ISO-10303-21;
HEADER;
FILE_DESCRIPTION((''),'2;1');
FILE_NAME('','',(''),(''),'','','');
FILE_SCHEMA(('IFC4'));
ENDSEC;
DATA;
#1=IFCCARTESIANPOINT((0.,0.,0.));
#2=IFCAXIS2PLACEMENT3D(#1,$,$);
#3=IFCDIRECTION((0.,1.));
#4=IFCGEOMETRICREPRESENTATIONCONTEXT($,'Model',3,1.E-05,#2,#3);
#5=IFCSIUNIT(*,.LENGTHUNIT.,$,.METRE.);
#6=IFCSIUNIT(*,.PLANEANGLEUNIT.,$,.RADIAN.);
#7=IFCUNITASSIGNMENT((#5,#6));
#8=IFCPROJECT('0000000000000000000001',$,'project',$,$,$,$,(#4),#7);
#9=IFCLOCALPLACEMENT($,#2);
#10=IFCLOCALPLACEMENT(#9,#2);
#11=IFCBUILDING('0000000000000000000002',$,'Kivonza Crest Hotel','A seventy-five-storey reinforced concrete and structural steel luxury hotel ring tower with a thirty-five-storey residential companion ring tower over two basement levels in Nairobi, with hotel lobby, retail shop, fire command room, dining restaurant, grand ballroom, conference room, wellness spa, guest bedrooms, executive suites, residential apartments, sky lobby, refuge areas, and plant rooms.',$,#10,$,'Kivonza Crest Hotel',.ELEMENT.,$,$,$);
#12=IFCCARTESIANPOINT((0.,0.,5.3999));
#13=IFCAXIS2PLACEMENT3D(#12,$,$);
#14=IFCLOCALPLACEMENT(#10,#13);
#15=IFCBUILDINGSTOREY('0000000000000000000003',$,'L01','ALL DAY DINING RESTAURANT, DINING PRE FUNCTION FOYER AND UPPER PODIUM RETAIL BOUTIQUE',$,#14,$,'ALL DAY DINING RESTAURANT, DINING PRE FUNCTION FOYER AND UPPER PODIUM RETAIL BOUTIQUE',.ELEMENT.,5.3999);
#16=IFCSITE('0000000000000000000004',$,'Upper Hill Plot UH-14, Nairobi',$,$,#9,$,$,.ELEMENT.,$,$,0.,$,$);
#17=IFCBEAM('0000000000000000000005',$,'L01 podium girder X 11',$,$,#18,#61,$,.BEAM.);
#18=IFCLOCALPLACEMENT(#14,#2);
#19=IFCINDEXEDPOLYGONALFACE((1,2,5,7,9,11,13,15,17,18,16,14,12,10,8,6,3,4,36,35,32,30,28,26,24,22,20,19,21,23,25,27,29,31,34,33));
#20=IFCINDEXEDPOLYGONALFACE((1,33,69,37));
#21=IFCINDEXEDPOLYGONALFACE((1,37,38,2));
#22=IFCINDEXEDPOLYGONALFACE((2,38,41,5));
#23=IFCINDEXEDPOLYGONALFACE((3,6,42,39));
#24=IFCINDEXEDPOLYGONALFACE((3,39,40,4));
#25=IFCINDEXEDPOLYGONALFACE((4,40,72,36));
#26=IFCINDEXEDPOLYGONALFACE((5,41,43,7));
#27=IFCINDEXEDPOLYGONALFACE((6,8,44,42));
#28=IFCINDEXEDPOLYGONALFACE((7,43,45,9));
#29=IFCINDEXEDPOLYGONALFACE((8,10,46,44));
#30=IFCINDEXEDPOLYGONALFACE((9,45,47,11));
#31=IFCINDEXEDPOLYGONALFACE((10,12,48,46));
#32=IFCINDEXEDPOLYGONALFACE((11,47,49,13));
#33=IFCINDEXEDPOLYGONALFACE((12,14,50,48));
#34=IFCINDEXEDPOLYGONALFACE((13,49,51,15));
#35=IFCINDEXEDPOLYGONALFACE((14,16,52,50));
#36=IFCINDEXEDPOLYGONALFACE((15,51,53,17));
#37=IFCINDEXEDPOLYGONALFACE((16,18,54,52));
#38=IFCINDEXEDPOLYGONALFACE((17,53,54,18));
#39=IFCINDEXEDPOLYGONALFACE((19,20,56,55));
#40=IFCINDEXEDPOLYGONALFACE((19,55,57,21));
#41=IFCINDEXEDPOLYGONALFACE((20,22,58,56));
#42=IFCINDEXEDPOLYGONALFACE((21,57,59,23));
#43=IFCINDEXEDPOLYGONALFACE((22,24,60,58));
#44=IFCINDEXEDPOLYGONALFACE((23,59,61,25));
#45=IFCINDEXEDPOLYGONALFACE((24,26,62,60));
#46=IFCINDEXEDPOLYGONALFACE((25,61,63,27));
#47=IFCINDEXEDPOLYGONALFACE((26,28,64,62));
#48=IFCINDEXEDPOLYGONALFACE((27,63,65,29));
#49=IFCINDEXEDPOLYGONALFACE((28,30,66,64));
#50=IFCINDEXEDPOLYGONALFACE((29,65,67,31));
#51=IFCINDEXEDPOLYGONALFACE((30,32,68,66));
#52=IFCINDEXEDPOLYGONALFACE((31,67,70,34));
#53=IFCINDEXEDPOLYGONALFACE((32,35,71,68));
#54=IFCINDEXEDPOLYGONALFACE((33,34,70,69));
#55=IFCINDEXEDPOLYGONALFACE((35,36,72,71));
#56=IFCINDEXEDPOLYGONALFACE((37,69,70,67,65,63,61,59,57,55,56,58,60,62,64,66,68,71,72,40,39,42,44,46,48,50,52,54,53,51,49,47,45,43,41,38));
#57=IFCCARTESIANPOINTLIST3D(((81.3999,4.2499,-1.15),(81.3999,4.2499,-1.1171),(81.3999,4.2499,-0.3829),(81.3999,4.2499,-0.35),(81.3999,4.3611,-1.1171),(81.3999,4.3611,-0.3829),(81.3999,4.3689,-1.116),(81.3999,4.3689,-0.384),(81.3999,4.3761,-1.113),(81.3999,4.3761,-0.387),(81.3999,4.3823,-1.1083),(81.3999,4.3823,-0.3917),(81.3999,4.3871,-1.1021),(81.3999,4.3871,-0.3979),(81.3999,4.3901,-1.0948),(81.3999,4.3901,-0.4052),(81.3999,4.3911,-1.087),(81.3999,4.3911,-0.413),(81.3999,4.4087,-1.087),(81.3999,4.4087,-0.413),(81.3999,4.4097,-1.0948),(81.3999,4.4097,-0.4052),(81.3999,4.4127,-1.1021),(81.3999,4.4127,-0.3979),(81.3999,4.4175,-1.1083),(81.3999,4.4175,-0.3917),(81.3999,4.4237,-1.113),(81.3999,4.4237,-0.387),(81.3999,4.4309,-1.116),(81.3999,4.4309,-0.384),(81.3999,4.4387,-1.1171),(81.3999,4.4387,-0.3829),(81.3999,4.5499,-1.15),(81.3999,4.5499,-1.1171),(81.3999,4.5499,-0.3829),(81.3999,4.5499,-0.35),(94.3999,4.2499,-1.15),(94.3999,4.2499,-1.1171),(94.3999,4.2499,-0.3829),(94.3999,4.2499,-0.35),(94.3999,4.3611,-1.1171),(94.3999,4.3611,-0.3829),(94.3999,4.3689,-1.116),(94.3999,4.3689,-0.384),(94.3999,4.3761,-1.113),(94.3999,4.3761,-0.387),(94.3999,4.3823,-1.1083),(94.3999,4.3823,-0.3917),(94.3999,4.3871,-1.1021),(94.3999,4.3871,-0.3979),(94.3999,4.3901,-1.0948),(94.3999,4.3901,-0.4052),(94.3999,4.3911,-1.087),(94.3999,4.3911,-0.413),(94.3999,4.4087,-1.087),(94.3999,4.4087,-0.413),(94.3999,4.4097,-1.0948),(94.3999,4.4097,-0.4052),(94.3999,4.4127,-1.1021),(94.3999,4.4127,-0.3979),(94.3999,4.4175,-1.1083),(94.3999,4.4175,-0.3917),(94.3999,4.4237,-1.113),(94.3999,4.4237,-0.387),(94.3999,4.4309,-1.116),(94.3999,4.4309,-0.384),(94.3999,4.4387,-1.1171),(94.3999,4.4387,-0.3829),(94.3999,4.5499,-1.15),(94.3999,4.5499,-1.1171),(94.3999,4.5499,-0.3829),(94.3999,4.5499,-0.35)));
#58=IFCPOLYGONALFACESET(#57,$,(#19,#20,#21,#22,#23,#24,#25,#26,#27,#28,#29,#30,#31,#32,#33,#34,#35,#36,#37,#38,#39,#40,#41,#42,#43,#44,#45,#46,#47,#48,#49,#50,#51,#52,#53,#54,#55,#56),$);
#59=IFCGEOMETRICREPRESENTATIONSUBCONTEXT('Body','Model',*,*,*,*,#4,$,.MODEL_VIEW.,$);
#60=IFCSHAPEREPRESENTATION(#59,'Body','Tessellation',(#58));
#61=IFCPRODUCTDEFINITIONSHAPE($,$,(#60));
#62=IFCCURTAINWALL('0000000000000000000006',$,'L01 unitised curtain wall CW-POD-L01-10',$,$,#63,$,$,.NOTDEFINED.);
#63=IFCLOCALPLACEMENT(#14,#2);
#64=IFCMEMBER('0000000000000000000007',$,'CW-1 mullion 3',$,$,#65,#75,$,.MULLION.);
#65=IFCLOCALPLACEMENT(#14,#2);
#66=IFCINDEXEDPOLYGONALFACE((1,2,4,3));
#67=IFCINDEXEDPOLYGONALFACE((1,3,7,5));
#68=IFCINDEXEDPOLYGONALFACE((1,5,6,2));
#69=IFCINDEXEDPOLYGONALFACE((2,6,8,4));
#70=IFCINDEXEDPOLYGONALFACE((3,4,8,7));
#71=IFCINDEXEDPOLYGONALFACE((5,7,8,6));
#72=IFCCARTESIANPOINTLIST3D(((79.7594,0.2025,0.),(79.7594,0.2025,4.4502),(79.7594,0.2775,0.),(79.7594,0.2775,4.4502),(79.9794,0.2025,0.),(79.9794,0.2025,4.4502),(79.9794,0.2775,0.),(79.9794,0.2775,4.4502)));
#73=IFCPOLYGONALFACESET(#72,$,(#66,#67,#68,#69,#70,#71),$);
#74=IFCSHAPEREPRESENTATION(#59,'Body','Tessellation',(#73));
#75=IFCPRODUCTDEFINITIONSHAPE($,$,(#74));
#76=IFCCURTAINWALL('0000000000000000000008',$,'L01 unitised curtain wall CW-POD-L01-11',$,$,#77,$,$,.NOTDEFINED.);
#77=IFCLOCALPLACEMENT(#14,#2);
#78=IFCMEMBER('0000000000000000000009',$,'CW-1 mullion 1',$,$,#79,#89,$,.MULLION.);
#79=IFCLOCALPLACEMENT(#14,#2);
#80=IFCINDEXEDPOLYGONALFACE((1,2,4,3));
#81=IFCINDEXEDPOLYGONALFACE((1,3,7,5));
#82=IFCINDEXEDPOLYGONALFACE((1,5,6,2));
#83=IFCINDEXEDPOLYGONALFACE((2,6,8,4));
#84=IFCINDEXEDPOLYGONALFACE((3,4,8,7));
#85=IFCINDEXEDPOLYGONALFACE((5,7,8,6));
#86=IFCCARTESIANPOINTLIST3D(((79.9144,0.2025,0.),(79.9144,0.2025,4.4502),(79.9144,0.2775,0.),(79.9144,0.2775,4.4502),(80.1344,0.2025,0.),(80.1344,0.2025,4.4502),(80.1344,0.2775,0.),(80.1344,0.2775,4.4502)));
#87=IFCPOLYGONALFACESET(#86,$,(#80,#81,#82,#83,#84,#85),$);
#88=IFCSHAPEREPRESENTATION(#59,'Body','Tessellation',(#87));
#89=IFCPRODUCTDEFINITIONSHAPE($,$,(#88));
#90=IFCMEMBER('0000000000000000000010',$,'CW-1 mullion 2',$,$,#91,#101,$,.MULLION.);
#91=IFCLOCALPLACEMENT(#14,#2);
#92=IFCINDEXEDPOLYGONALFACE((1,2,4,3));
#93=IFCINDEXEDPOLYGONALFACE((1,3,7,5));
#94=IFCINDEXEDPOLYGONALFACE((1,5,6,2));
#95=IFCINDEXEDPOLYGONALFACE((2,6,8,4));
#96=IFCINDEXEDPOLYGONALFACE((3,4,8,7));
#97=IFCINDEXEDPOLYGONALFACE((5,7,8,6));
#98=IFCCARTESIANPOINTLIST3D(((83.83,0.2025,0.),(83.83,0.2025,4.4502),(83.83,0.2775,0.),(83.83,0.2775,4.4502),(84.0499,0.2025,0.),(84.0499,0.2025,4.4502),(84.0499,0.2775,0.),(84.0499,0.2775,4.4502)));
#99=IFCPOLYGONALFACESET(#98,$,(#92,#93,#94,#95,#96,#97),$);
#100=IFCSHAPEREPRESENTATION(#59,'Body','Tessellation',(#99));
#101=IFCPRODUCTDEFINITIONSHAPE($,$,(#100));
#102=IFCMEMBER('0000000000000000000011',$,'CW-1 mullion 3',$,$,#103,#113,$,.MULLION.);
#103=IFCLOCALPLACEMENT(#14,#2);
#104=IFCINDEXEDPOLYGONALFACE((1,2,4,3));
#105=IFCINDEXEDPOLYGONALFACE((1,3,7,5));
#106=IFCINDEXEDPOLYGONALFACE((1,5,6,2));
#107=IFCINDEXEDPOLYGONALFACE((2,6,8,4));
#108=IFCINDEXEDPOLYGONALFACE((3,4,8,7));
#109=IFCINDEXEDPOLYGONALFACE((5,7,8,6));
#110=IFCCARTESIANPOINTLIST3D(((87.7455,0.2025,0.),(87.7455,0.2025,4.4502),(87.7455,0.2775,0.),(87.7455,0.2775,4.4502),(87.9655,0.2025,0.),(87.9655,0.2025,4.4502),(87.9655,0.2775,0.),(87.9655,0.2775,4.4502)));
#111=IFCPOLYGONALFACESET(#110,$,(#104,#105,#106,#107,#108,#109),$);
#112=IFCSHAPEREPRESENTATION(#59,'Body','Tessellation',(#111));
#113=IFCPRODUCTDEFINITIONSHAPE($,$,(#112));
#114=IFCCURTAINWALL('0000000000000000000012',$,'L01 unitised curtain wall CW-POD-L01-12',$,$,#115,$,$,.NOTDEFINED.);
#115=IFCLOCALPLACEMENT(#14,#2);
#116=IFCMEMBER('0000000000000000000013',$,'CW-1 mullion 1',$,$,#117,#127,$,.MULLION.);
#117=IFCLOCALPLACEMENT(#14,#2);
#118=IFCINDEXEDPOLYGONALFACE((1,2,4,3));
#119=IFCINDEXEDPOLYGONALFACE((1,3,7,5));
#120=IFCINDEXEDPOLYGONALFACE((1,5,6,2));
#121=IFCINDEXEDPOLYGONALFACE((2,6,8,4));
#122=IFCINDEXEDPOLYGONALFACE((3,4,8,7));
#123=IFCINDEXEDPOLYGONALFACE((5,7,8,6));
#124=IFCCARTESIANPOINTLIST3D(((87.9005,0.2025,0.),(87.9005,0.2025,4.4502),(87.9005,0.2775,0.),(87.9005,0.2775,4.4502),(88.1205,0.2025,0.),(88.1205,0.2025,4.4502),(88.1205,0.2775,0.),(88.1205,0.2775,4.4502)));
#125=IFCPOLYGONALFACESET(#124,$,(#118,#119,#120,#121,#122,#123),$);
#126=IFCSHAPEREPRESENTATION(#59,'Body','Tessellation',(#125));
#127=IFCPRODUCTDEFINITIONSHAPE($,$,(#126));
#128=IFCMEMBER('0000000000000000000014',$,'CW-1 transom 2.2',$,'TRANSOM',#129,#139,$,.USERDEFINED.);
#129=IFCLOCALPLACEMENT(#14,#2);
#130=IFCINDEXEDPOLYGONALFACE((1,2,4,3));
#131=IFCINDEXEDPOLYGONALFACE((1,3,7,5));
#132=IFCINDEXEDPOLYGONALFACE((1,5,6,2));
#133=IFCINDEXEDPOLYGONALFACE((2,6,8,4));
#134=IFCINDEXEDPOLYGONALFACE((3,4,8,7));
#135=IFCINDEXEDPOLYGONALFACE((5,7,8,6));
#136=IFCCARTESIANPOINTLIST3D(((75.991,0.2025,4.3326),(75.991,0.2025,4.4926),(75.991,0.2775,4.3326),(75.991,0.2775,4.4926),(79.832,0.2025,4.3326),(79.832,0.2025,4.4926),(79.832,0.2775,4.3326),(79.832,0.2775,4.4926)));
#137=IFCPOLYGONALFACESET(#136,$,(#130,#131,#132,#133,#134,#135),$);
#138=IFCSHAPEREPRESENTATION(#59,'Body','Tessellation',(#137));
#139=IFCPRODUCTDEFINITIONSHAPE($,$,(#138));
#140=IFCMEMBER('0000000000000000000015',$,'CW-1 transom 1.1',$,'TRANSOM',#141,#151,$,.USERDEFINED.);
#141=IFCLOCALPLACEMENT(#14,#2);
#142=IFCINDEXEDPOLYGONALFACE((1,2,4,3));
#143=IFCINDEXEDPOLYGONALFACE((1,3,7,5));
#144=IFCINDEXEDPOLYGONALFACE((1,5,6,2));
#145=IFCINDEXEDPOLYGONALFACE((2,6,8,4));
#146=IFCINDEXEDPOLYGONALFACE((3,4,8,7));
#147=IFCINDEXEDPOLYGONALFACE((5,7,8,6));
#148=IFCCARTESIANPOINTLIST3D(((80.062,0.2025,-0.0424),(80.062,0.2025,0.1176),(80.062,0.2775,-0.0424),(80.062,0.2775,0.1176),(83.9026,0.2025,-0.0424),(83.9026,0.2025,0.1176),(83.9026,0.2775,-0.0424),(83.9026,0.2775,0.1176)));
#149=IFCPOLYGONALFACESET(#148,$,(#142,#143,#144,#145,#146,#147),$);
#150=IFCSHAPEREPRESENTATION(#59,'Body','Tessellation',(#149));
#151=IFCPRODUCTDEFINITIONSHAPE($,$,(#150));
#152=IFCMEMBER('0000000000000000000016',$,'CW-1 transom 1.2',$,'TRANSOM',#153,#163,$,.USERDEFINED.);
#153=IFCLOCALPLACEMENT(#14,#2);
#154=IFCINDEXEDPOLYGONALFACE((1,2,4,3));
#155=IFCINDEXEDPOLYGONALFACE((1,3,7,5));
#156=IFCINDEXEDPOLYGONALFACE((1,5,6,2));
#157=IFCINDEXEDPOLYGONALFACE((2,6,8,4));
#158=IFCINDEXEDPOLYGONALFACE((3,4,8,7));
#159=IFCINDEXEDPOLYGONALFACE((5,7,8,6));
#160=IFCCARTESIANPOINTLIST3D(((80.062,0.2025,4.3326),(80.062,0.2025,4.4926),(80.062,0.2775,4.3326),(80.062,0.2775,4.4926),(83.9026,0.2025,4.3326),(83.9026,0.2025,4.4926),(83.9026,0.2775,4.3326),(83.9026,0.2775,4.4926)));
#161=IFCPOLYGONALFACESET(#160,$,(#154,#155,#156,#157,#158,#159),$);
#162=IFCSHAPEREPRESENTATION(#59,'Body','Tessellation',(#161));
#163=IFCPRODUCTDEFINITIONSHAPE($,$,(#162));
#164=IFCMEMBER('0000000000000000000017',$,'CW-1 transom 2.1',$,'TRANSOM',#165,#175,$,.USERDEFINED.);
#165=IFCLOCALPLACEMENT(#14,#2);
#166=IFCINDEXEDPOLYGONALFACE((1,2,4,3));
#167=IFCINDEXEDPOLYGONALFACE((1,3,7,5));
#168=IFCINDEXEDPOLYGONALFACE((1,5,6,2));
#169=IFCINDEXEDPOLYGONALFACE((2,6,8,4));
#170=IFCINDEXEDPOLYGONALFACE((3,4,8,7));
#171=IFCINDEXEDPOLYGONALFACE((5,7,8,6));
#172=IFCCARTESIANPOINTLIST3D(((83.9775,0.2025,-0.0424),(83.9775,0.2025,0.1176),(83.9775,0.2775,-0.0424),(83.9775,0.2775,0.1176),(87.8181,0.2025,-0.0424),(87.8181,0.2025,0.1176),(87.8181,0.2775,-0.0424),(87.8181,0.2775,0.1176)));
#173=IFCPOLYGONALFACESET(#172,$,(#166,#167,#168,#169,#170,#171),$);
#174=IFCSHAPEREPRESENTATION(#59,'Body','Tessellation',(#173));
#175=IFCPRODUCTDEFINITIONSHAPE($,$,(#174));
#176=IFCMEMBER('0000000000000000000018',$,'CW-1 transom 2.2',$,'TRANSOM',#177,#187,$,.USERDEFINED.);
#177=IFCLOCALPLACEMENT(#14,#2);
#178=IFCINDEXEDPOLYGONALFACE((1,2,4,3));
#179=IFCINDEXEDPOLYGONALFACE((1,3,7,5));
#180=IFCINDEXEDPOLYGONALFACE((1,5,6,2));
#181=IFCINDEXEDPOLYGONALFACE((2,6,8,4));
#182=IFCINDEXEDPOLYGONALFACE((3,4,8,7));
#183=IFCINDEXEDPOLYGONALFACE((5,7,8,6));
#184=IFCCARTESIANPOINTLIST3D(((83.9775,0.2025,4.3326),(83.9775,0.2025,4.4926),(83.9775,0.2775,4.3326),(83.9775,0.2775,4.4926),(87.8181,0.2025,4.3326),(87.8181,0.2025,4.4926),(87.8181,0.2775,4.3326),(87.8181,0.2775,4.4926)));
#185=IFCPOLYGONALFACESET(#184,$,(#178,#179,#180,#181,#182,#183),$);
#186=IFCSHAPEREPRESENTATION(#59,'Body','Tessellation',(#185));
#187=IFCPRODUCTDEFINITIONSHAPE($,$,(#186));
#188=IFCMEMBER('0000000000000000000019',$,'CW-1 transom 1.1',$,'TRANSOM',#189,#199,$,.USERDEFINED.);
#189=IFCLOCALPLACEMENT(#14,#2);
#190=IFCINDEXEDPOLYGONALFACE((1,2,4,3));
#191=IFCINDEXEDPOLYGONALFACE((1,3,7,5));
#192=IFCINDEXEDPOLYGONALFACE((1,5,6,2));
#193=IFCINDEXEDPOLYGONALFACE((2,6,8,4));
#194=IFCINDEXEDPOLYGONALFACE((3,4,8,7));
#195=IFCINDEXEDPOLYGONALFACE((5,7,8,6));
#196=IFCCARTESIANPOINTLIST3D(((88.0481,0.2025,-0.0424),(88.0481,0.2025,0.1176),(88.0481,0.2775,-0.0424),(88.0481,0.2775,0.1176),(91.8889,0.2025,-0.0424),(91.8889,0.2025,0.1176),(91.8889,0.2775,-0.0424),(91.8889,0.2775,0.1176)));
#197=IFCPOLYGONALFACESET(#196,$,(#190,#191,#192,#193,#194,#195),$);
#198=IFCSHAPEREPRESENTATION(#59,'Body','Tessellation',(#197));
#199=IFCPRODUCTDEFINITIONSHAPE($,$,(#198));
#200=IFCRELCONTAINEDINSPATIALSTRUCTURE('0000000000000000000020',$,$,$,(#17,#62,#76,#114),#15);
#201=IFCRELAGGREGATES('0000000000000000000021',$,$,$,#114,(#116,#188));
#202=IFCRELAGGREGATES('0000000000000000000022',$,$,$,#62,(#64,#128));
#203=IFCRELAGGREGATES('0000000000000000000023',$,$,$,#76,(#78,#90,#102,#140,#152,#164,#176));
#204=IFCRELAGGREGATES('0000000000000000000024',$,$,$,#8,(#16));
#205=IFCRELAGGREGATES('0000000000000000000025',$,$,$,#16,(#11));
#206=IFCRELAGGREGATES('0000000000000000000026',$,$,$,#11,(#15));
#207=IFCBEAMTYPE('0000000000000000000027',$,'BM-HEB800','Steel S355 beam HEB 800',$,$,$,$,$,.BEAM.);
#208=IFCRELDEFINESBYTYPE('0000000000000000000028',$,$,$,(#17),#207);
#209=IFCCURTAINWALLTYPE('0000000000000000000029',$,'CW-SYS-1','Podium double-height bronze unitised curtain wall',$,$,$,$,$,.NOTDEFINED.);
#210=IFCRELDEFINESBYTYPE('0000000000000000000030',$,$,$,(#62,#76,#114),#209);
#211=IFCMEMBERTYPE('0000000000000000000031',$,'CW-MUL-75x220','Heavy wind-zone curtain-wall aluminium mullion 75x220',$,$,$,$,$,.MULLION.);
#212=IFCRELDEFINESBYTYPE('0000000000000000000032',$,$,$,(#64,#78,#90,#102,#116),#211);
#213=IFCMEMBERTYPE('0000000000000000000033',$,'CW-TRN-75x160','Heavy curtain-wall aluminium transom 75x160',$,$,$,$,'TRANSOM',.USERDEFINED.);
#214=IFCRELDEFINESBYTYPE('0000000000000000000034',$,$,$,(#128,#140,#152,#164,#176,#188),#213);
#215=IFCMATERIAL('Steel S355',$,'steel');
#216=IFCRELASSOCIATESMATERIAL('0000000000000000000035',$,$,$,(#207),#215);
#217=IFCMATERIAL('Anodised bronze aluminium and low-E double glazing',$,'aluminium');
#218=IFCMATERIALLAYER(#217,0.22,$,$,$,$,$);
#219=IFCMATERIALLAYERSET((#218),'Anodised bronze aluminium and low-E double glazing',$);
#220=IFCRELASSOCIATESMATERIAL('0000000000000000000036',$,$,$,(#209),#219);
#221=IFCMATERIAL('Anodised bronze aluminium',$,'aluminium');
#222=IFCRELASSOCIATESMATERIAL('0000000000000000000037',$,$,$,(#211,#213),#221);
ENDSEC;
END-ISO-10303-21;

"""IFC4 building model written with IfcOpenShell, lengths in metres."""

from ifc_helpers import new_model, si_unit, direction, frame, origin, origin_2d, place, context, subcontext, project, spatial, rectangle, i_section, extrude, material, layer, layer_set, material_profile, profile_set, type_object, element, aggregate, save


model = new_model("IFC4")

# Units and contexts
model_context = context("Model", 3, precision=1e-05, world=origin(), true_north=direction((0.0, 1.0)))
body_context = subcontext(model_context, "Body", "Model", "MODEL_VIEW")
ifc_project = project(units=[si_unit("LENGTHUNIT", "METRE"), si_unit("PLANEANGLEUNIT", "RADIAN")], contexts=[model_context])

# Site, building, storey
site_placement = place(None, origin())
site = spatial("IfcSite", under=ifc_project, at=site_placement, Name="Upper Hill Plot UH-14, Nairobi", CompositionType="ELEMENT", RefElevation=0.0)
building_placement = place(site_placement, origin())
building = spatial("IfcBuilding", under=site, at=building_placement, Name="Kivonza Crest Hotel", Description="A seventy-five-storey reinforced concrete and structural steel luxury hotel ring tower with a thirty-five-storey residential companion ring tower over two basement levels in Nairobi, with hotel lobby, retail shop, fire command room, dining restaurant, grand ballroom, conference room, wellness spa, guest bedrooms, executive suites, residential apartments, sky lobby, refuge areas, and plant rooms.", LongName="Kivonza Crest Hotel", CompositionType="ELEMENT")
storey_placement = place(building_placement, frame((0.0, 0.0, 5.3999)))
storey = spatial("IfcBuildingStorey", under=building, at=storey_placement, Name="L01", Description="ALL DAY DINING RESTAURANT, DINING PRE FUNCTION FOYER AND UPPER PODIUM RETAIL BOUTIQUE", LongName="ALL DAY DINING RESTAURANT, DINING PRE FUNCTION FOYER AND UPPER PODIUM RETAIL BOUTIQUE", CompositionType="ELEMENT", Elevation=5.3999)

# Beam
ifc_material_1 = material(Name="Steel S355", Category="steel")
ifc_material_profile_1 = material_profile(ifc_material_1, i_section(OverallWidth=0.3, OverallDepth=0.8, WebThickness=0.0176, FlangeThickness=0.033, FilletRadius=0.03, at=origin_2d()), Name="HEB 800")
ifc_profile_set_1 = profile_set([ifc_material_profile_1], Name="Steel S355")
beam_type_1 = type_object("IfcBeamType", Name="BM-HEB800", Description="Steel S355 beam HEB 800", PredefinedType="BEAM", material=ifc_profile_set_1)
for number, where, z_axis, x_axis, name in (
    (1, (81.3999, 4.3999, -0.75), (1.0, 0.0, 0.0), (0.0, 1.0, 0.0), "L01 podium girder X 11"),
):
    element("IfcBeam", number, at=place(storey_placement, frame(where, z_axis=z_axis, x_axis=x_axis)), inside=storey, type_object=beam_type_1, Name=name, PredefinedType="BEAM", context=body_context, shape_type="SweptSolid", body=[
        extrude(i_section(OverallWidth=0.3, OverallDepth=0.8, WebThickness=0.0176, FlangeThickness=0.033, FilletRadius=0.03, at=origin_2d()), origin(), (0.0, 0.0, 1.0), 13.0),
    ])

# Curtain wall, member
ifc_material_2 = material(Name="Anodised bronze aluminium and low-E double glazing", Category="aluminium")
ifc_layer_1 = layer(ifc_material_2, 0.22)
ifc_layer_set_1 = layer_set([ifc_layer_1], Name="Anodised bronze aluminium and low-E double glazing")
curtain_wall_type = type_object("IfcCurtainWallType", Name="CW-SYS-1", Description="Podium double-height bronze unitised curtain wall", PredefinedType="NOTDEFINED", material=ifc_layer_set_1)
curtain_wall_1_placement = place(storey_placement, origin())
curtain_wall_1 = element("IfcCurtainWall", 2, at=curtain_wall_1_placement, inside=storey, type_object=curtain_wall_type, Name="L01 unitised curtain wall CW-POD-L01-10", PredefinedType="NOTDEFINED")
ifc_material_3 = material(Name="Anodised bronze aluminium", Category="aluminium")
ifc_material_profile_2 = material_profile(ifc_material_3, rectangle(XDim=0.075, YDim=0.22, at=origin_2d()), Name="CW-M 75x220")
ifc_profile_set_2 = profile_set([ifc_material_profile_2], Name="Anodised bronze aluminium")
member_type_1 = type_object("IfcMemberType", Name="CW-MUL-75x220", Description="Heavy wind-zone curtain-wall aluminium mullion 75x220", PredefinedType="MULLION", material=ifc_profile_set_2)
member_1_placement = place(storey_placement, frame((79.8694, 0.24, 0.0), z_axis=(0.0, 0.0, 1.0), x_axis=(0.0, 1.0, 0.0)))
member_1 = element("IfcMember", 3, at=member_1_placement, type_object=member_type_1, Name="CW-1 mullion 3", PredefinedType="MULLION", context=body_context, shape_type="SweptSolid", body=[
    extrude(rectangle(XDim=0.075, YDim=0.22, at=origin_2d()), origin(), (0.0, 0.0, 1.0), 4.4502),
])

# Curtain wall, members
curtain_wall_2_placement = place(storey_placement, origin())
curtain_wall_2 = element("IfcCurtainWall", 4, at=curtain_wall_2_placement, inside=storey, type_object=curtain_wall_type, Name="L01 unitised curtain wall CW-POD-L01-11", PredefinedType="NOTDEFINED")
member_2_placement = place(storey_placement, frame((80.0244, 0.24, 0.0), z_axis=(0.0, 0.0, 1.0), x_axis=(0.0, 1.0, 0.0)))
member_2 = element("IfcMember", 5, at=member_2_placement, type_object=member_type_1, Name="CW-1 mullion 1", PredefinedType="MULLION", context=body_context, shape_type="SweptSolid", body=[
    extrude(rectangle(XDim=0.075, YDim=0.22, at=origin_2d()), origin(), (0.0, 0.0, 1.0), 4.4502),
])
member_3_placement = place(storey_placement, frame((83.9399, 0.24, 0.0), z_axis=(0.0, 0.0, 1.0), x_axis=(0.0, 1.0, 0.0)))
member_3 = element("IfcMember", 6, at=member_3_placement, type_object=member_type_1, Name="CW-1 mullion 2", PredefinedType="MULLION", context=body_context, shape_type="SweptSolid", body=[
    extrude(rectangle(XDim=0.075, YDim=0.22, at=origin_2d()), origin(), (0.0, 0.0, 1.0), 4.4502),
])
member_4_placement = place(storey_placement, frame((87.8555, 0.24, 0.0), z_axis=(0.0, 0.0, 1.0), x_axis=(0.0, 1.0, 0.0)))
member_4 = element("IfcMember", 7, at=member_4_placement, type_object=member_type_1, Name="CW-1 mullion 3", PredefinedType="MULLION", context=body_context, shape_type="SweptSolid", body=[
    extrude(rectangle(XDim=0.075, YDim=0.22, at=origin_2d()), origin(), (0.0, 0.0, 1.0), 4.4502),
])

# Curtain wall, member
curtain_wall_3_placement = place(storey_placement, origin())
curtain_wall_3 = element("IfcCurtainWall", 8, at=curtain_wall_3_placement, inside=storey, type_object=curtain_wall_type, Name="L01 unitised curtain wall CW-POD-L01-12", PredefinedType="NOTDEFINED")
member_5_placement = place(storey_placement, frame((88.0105, 0.24, 0.0), z_axis=(0.0, 0.0, 1.0), x_axis=(0.0, 1.0, 0.0)))
member_5 = element("IfcMember", 9, at=member_5_placement, type_object=member_type_1, Name="CW-1 mullion 1", PredefinedType="MULLION", context=body_context, shape_type="SweptSolid", body=[
    extrude(rectangle(XDim=0.075, YDim=0.22, at=origin_2d()), origin(), (0.0, 0.0, 1.0), 4.4502),
])

# Members
ifc_material_profile_3 = material_profile(ifc_material_3, rectangle(XDim=0.075, YDim=0.1599, at=origin_2d()), Name="CW-T 75x160")
ifc_profile_set_3 = profile_set([ifc_material_profile_3], Name="Anodised bronze aluminium")
member_type_2 = type_object("IfcMemberType", Name="CW-TRN-75x160", Description="Heavy curtain-wall aluminium transom 75x160", ElementType="TRANSOM", PredefinedType="USERDEFINED", material=ifc_profile_set_3)
member_6_placement = place(storey_placement, frame((75.991, 0.24, 4.4126), z_axis=(1.0, 0.0, 0.0), x_axis=(0.0, 1.0, 0.0)))
member_6 = element("IfcMember", 10, at=member_6_placement, type_object=member_type_2, Name="CW-1 transom 2.2", ObjectType="TRANSOM", PredefinedType="USERDEFINED", context=body_context, shape_type="SweptSolid", body=[
    extrude(rectangle(XDim=0.075, YDim=0.1599, at=origin_2d()), origin(), (0.0, 0.0, 1.0), 3.8411),
])
member_7_placement = place(storey_placement, frame((80.062, 0.24, 0.0376), z_axis=(1.0, 0.0, 0.0), x_axis=(0.0, 1.0, 0.0)))
member_7 = element("IfcMember", 11, at=member_7_placement, type_object=member_type_2, Name="CW-1 transom 1.1", ObjectType="TRANSOM", PredefinedType="USERDEFINED", context=body_context, shape_type="SweptSolid", body=[
    extrude(rectangle(XDim=0.075, YDim=0.1599, at=origin_2d()), origin(), (0.0, 0.0, 1.0), 3.8406),
])
member_8_placement = place(storey_placement, frame((80.062, 0.24, 4.4126), z_axis=(1.0, 0.0, 0.0), x_axis=(0.0, 1.0, 0.0)))
member_8 = element("IfcMember", 12, at=member_8_placement, type_object=member_type_2, Name="CW-1 transom 1.2", ObjectType="TRANSOM", PredefinedType="USERDEFINED", context=body_context, shape_type="SweptSolid", body=[
    extrude(rectangle(XDim=0.075, YDim=0.1599, at=origin_2d()), origin(), (0.0, 0.0, 1.0), 3.8406),
])
member_9_placement = place(storey_placement, frame((83.9775, 0.24, 0.0376), z_axis=(1.0, 0.0, 0.0), x_axis=(0.0, 1.0, 0.0)))
member_9 = element("IfcMember", 13, at=member_9_placement, type_object=member_type_2, Name="CW-1 transom 2.1", ObjectType="TRANSOM", PredefinedType="USERDEFINED", context=body_context, shape_type="SweptSolid", body=[
    extrude(rectangle(XDim=0.075, YDim=0.1599, at=origin_2d()), origin(), (0.0, 0.0, 1.0), 3.8406),
])
member_10_placement = place(storey_placement, frame((83.9775, 0.24, 4.4126), z_axis=(1.0, 0.0, 0.0), x_axis=(0.0, 1.0, 0.0)))
member_10 = element("IfcMember", 14, at=member_10_placement, type_object=member_type_2, Name="CW-1 transom 2.2", ObjectType="TRANSOM", PredefinedType="USERDEFINED", context=body_context, shape_type="SweptSolid", body=[
    extrude(rectangle(XDim=0.075, YDim=0.1599, at=origin_2d()), origin(), (0.0, 0.0, 1.0), 3.8406),
])
member_11_placement = place(storey_placement, frame((88.0481, 0.24, 0.0376), z_axis=(1.0, 0.0, 0.0), x_axis=(0.0, 1.0, 0.0)))
member_11 = element("IfcMember", 15, at=member_11_placement, type_object=member_type_2, Name="CW-1 transom 1.1", ObjectType="TRANSOM", PredefinedType="USERDEFINED", context=body_context, shape_type="SweptSolid", body=[
    extrude(rectangle(XDim=0.075, YDim=0.1599, at=origin_2d()), origin(), (0.0, 0.0, 1.0), 3.8408),
])
aggregate(curtain_wall_3, [member_5, member_11])

aggregate(curtain_wall_1, [member_1, member_6])
aggregate(curtain_wall_2, [member_2, member_3, member_4, member_7, member_8, member_9, member_10])

save(model, "model.ifc")
